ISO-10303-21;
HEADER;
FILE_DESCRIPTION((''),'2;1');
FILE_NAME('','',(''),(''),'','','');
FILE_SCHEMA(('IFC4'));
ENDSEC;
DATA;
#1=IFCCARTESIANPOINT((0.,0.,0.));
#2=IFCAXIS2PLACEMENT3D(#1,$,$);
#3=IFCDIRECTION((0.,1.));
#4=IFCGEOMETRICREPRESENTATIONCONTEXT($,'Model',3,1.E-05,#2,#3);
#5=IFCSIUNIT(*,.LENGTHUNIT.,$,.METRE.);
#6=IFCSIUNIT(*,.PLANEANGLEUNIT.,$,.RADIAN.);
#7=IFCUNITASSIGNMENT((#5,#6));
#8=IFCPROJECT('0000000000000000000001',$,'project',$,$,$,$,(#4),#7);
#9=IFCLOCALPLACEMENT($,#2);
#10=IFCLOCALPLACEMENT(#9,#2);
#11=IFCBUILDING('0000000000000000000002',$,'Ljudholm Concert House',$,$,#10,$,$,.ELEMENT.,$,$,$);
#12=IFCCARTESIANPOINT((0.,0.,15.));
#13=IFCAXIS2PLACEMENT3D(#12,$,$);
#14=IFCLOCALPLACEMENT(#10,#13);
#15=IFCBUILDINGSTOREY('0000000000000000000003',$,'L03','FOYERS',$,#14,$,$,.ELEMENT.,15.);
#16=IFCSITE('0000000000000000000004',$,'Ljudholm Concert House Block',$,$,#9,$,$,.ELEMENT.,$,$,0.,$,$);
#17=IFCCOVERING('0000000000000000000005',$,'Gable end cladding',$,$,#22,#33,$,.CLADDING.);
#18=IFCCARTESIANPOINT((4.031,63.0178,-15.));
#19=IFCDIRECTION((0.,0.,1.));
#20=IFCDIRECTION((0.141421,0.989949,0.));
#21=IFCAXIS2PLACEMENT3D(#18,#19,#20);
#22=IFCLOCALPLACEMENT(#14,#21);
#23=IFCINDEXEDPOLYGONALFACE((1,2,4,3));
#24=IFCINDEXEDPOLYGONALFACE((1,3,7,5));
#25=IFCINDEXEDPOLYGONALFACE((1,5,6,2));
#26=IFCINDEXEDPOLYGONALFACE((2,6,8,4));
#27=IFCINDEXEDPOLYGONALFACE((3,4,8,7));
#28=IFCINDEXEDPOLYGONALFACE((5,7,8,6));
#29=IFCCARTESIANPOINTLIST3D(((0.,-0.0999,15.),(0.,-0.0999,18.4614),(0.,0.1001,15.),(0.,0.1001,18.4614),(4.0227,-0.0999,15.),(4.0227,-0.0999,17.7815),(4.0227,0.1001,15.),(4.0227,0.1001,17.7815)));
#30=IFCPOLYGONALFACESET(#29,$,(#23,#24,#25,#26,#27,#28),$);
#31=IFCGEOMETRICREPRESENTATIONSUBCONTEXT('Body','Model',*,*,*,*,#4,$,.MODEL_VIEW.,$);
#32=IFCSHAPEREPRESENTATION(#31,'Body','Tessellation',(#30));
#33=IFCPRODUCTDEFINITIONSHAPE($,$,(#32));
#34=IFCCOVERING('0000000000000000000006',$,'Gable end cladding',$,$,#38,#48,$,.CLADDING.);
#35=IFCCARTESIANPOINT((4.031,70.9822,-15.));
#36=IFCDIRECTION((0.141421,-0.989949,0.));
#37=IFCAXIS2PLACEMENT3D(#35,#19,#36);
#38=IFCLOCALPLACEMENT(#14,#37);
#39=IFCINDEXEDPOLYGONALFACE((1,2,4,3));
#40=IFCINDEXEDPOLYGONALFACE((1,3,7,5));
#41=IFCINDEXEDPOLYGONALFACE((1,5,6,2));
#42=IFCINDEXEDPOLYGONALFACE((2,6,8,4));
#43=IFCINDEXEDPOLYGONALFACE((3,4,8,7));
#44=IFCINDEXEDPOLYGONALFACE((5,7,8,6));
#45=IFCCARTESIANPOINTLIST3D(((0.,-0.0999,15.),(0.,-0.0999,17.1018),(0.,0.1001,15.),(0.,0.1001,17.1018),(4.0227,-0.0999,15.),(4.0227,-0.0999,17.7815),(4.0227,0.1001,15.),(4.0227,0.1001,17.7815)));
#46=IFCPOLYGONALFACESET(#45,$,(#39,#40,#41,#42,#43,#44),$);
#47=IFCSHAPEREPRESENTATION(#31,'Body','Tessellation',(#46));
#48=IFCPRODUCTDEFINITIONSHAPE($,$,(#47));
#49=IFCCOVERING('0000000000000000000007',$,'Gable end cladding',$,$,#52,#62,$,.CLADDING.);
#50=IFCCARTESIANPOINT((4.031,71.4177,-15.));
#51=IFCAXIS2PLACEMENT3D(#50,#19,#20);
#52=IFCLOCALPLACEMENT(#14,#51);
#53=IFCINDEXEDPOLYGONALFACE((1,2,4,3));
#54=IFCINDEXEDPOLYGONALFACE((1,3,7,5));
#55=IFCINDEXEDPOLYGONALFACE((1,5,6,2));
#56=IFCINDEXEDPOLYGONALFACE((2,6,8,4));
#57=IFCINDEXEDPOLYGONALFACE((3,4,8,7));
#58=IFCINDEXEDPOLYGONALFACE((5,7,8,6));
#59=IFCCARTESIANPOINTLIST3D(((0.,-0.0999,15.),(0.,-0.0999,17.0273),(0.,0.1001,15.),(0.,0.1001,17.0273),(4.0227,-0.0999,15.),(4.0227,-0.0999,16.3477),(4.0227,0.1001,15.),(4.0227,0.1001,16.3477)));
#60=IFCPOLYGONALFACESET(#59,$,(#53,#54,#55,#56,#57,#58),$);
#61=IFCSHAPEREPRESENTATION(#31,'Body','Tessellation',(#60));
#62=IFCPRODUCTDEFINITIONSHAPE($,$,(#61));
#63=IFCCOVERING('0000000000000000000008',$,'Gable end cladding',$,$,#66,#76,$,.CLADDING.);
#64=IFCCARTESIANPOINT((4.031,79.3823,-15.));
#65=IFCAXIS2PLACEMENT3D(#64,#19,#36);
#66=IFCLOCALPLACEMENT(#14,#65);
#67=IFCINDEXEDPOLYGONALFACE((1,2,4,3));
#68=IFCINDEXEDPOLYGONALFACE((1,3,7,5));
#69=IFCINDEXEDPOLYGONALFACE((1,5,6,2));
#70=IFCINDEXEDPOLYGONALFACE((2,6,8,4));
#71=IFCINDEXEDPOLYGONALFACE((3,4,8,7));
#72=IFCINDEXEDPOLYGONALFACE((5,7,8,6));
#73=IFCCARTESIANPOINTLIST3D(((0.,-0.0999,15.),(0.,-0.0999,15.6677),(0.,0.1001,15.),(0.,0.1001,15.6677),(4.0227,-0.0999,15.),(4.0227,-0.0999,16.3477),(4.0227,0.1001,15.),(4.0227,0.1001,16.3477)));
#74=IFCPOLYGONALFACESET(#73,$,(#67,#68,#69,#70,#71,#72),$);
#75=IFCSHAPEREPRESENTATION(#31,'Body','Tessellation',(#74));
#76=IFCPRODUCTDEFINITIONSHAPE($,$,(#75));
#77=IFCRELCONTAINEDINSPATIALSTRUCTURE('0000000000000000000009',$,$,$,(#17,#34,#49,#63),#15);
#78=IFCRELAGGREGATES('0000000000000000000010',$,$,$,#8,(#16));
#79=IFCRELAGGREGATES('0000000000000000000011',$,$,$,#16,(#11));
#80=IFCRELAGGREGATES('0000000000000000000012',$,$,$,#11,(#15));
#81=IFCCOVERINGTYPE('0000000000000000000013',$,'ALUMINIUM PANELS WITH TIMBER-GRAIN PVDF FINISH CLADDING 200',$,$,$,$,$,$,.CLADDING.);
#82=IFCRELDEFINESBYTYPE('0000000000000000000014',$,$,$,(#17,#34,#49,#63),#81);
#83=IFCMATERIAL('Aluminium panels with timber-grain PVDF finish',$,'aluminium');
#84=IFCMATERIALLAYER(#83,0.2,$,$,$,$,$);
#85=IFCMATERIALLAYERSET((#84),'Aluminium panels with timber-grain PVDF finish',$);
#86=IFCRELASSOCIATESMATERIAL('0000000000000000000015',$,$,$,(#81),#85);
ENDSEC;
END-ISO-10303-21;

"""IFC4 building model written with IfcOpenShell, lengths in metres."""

from ifc_helpers import new_model, si_unit, direction, frame, origin, place, context, subcontext, project, spatial, polyline, outline, extrude, material, layer, layer_set, type_object, element, save


model = new_model("IFC4")

# Units and contexts
model_context = context("Model", 3, precision=1e-05, world=origin(), true_north=direction((0.0, 1.0)))
body_context = subcontext(model_context, "Body", "Model", "MODEL_VIEW")
ifc_project = project(units=[si_unit("LENGTHUNIT", "METRE"), si_unit("PLANEANGLEUNIT", "RADIAN")], contexts=[model_context])

# Site, building, storey
site_placement = place(None, origin())
site = spatial("IfcSite", under=ifc_project, at=site_placement, Name="Ljudholm Concert House Block", CompositionType="ELEMENT", RefElevation=0.0)
building_placement = place(site_placement, origin())
building = spatial("IfcBuilding", under=site, at=building_placement, Name="Ljudholm Concert House", CompositionType="ELEMENT")
storey_placement = place(building_placement, frame((0.0, 0.0, 15.0)))
storey = spatial("IfcBuildingStorey", under=building, at=storey_placement, Name="L03", Description="FOYERS", CompositionType="ELEMENT", Elevation=15.0)

# Coverings
ifc_material_1 = material(Name="Aluminium panels with timber-grain PVDF finish", Category="aluminium")
ifc_layer_1 = layer(ifc_material_1, 0.2)
ifc_layer_set_1 = layer_set([ifc_layer_1], Name="Aluminium panels with timber-grain PVDF finish")
covering_type_1 = type_object("IfcCoveringType", Name="ALUMINIUM PANELS WITH TIMBER-GRAIN PVDF FINISH CLADDING 200", PredefinedType="CLADDING", material=ifc_layer_set_1)
covering_1_placement = place(storey_placement, frame((4.031, 63.0178, -15.0), z_axis=(0.0, 0.0, 1.0), x_axis=(0.141421, 0.989949, 0.0)))
element("IfcCovering", 1, at=covering_1_placement, inside=storey, type_object=covering_type_1, Name="Gable end cladding", PredefinedType="CLADDING", context=body_context, shape_type="SweptSolid", body=[
    extrude(outline(polyline([(0.0, 15.0), (4.0227, 15.0), (4.0227, 17.7815), (0.0, 18.4614), (0.0, 15.0)])), frame((0.0, 0.1001, 0.0), z_axis=(0.0, -1.0, 0.0), x_axis=(1.0, 0.0, 0.0)), (0.0, 0.0, 1.0), 0.2),
])
covering_2_placement = place(storey_placement, frame((4.031, 70.9822, -15.0), z_axis=(0.0, 0.0, 1.0), x_axis=(0.141421, -0.989949, 0.0)))
element("IfcCovering", 2, at=covering_2_placement, inside=storey, type_object=covering_type_1, Name="Gable end cladding", PredefinedType="CLADDING", context=body_context, shape_type="SweptSolid", body=[
    extrude(outline(polyline([(0.0, 15.0), (4.0227, 15.0), (4.0227, 17.7815), (0.0, 17.1018), (0.0, 15.0)])), frame((0.0, 0.1001, 0.0), z_axis=(0.0, -1.0, 0.0), x_axis=(1.0, 0.0, 0.0)), (0.0, 0.0, 1.0), 0.2),
])
covering_3_placement = place(storey_placement, frame((4.031, 71.4177, -15.0), z_axis=(0.0, 0.0, 1.0), x_axis=(0.141421, 0.989949, 0.0)))
element("IfcCovering", 3, at=covering_3_placement, inside=storey, type_object=covering_type_1, Name="Gable end cladding", PredefinedType="CLADDING", context=body_context, shape_type="SweptSolid", body=[
    extrude(outline(polyline([(0.0, 15.0), (4.0227, 15.0), (4.0227, 16.3477), (0.0, 17.0273), (0.0, 15.0)])), frame((0.0, 0.1001, 0.0), z_axis=(0.0, -1.0, 0.0), x_axis=(1.0, 0.0, 0.0)), (0.0, 0.0, 1.0), 0.2),
])
covering_4_placement = place(storey_placement, frame((4.031, 79.3823, -15.0), z_axis=(0.0, 0.0, 1.0), x_axis=(0.141421, -0.989949, 0.0)))
element("IfcCovering", 4, at=covering_4_placement, inside=storey, type_object=covering_type_1, Name="Gable end cladding", PredefinedType="CLADDING", context=body_context, shape_type="SweptSolid", body=[
    extrude(outline(polyline([(0.0, 15.0), (4.0227, 15.0), (4.0227, 16.3477), (0.0, 15.6677), (0.0, 15.0)])), frame((0.0, 0.1001, 0.0), z_axis=(0.0, -1.0, 0.0), x_axis=(1.0, 0.0, 0.0)), (0.0, 0.0, 1.0), 0.2),
])

save(model, "model.ifc")
